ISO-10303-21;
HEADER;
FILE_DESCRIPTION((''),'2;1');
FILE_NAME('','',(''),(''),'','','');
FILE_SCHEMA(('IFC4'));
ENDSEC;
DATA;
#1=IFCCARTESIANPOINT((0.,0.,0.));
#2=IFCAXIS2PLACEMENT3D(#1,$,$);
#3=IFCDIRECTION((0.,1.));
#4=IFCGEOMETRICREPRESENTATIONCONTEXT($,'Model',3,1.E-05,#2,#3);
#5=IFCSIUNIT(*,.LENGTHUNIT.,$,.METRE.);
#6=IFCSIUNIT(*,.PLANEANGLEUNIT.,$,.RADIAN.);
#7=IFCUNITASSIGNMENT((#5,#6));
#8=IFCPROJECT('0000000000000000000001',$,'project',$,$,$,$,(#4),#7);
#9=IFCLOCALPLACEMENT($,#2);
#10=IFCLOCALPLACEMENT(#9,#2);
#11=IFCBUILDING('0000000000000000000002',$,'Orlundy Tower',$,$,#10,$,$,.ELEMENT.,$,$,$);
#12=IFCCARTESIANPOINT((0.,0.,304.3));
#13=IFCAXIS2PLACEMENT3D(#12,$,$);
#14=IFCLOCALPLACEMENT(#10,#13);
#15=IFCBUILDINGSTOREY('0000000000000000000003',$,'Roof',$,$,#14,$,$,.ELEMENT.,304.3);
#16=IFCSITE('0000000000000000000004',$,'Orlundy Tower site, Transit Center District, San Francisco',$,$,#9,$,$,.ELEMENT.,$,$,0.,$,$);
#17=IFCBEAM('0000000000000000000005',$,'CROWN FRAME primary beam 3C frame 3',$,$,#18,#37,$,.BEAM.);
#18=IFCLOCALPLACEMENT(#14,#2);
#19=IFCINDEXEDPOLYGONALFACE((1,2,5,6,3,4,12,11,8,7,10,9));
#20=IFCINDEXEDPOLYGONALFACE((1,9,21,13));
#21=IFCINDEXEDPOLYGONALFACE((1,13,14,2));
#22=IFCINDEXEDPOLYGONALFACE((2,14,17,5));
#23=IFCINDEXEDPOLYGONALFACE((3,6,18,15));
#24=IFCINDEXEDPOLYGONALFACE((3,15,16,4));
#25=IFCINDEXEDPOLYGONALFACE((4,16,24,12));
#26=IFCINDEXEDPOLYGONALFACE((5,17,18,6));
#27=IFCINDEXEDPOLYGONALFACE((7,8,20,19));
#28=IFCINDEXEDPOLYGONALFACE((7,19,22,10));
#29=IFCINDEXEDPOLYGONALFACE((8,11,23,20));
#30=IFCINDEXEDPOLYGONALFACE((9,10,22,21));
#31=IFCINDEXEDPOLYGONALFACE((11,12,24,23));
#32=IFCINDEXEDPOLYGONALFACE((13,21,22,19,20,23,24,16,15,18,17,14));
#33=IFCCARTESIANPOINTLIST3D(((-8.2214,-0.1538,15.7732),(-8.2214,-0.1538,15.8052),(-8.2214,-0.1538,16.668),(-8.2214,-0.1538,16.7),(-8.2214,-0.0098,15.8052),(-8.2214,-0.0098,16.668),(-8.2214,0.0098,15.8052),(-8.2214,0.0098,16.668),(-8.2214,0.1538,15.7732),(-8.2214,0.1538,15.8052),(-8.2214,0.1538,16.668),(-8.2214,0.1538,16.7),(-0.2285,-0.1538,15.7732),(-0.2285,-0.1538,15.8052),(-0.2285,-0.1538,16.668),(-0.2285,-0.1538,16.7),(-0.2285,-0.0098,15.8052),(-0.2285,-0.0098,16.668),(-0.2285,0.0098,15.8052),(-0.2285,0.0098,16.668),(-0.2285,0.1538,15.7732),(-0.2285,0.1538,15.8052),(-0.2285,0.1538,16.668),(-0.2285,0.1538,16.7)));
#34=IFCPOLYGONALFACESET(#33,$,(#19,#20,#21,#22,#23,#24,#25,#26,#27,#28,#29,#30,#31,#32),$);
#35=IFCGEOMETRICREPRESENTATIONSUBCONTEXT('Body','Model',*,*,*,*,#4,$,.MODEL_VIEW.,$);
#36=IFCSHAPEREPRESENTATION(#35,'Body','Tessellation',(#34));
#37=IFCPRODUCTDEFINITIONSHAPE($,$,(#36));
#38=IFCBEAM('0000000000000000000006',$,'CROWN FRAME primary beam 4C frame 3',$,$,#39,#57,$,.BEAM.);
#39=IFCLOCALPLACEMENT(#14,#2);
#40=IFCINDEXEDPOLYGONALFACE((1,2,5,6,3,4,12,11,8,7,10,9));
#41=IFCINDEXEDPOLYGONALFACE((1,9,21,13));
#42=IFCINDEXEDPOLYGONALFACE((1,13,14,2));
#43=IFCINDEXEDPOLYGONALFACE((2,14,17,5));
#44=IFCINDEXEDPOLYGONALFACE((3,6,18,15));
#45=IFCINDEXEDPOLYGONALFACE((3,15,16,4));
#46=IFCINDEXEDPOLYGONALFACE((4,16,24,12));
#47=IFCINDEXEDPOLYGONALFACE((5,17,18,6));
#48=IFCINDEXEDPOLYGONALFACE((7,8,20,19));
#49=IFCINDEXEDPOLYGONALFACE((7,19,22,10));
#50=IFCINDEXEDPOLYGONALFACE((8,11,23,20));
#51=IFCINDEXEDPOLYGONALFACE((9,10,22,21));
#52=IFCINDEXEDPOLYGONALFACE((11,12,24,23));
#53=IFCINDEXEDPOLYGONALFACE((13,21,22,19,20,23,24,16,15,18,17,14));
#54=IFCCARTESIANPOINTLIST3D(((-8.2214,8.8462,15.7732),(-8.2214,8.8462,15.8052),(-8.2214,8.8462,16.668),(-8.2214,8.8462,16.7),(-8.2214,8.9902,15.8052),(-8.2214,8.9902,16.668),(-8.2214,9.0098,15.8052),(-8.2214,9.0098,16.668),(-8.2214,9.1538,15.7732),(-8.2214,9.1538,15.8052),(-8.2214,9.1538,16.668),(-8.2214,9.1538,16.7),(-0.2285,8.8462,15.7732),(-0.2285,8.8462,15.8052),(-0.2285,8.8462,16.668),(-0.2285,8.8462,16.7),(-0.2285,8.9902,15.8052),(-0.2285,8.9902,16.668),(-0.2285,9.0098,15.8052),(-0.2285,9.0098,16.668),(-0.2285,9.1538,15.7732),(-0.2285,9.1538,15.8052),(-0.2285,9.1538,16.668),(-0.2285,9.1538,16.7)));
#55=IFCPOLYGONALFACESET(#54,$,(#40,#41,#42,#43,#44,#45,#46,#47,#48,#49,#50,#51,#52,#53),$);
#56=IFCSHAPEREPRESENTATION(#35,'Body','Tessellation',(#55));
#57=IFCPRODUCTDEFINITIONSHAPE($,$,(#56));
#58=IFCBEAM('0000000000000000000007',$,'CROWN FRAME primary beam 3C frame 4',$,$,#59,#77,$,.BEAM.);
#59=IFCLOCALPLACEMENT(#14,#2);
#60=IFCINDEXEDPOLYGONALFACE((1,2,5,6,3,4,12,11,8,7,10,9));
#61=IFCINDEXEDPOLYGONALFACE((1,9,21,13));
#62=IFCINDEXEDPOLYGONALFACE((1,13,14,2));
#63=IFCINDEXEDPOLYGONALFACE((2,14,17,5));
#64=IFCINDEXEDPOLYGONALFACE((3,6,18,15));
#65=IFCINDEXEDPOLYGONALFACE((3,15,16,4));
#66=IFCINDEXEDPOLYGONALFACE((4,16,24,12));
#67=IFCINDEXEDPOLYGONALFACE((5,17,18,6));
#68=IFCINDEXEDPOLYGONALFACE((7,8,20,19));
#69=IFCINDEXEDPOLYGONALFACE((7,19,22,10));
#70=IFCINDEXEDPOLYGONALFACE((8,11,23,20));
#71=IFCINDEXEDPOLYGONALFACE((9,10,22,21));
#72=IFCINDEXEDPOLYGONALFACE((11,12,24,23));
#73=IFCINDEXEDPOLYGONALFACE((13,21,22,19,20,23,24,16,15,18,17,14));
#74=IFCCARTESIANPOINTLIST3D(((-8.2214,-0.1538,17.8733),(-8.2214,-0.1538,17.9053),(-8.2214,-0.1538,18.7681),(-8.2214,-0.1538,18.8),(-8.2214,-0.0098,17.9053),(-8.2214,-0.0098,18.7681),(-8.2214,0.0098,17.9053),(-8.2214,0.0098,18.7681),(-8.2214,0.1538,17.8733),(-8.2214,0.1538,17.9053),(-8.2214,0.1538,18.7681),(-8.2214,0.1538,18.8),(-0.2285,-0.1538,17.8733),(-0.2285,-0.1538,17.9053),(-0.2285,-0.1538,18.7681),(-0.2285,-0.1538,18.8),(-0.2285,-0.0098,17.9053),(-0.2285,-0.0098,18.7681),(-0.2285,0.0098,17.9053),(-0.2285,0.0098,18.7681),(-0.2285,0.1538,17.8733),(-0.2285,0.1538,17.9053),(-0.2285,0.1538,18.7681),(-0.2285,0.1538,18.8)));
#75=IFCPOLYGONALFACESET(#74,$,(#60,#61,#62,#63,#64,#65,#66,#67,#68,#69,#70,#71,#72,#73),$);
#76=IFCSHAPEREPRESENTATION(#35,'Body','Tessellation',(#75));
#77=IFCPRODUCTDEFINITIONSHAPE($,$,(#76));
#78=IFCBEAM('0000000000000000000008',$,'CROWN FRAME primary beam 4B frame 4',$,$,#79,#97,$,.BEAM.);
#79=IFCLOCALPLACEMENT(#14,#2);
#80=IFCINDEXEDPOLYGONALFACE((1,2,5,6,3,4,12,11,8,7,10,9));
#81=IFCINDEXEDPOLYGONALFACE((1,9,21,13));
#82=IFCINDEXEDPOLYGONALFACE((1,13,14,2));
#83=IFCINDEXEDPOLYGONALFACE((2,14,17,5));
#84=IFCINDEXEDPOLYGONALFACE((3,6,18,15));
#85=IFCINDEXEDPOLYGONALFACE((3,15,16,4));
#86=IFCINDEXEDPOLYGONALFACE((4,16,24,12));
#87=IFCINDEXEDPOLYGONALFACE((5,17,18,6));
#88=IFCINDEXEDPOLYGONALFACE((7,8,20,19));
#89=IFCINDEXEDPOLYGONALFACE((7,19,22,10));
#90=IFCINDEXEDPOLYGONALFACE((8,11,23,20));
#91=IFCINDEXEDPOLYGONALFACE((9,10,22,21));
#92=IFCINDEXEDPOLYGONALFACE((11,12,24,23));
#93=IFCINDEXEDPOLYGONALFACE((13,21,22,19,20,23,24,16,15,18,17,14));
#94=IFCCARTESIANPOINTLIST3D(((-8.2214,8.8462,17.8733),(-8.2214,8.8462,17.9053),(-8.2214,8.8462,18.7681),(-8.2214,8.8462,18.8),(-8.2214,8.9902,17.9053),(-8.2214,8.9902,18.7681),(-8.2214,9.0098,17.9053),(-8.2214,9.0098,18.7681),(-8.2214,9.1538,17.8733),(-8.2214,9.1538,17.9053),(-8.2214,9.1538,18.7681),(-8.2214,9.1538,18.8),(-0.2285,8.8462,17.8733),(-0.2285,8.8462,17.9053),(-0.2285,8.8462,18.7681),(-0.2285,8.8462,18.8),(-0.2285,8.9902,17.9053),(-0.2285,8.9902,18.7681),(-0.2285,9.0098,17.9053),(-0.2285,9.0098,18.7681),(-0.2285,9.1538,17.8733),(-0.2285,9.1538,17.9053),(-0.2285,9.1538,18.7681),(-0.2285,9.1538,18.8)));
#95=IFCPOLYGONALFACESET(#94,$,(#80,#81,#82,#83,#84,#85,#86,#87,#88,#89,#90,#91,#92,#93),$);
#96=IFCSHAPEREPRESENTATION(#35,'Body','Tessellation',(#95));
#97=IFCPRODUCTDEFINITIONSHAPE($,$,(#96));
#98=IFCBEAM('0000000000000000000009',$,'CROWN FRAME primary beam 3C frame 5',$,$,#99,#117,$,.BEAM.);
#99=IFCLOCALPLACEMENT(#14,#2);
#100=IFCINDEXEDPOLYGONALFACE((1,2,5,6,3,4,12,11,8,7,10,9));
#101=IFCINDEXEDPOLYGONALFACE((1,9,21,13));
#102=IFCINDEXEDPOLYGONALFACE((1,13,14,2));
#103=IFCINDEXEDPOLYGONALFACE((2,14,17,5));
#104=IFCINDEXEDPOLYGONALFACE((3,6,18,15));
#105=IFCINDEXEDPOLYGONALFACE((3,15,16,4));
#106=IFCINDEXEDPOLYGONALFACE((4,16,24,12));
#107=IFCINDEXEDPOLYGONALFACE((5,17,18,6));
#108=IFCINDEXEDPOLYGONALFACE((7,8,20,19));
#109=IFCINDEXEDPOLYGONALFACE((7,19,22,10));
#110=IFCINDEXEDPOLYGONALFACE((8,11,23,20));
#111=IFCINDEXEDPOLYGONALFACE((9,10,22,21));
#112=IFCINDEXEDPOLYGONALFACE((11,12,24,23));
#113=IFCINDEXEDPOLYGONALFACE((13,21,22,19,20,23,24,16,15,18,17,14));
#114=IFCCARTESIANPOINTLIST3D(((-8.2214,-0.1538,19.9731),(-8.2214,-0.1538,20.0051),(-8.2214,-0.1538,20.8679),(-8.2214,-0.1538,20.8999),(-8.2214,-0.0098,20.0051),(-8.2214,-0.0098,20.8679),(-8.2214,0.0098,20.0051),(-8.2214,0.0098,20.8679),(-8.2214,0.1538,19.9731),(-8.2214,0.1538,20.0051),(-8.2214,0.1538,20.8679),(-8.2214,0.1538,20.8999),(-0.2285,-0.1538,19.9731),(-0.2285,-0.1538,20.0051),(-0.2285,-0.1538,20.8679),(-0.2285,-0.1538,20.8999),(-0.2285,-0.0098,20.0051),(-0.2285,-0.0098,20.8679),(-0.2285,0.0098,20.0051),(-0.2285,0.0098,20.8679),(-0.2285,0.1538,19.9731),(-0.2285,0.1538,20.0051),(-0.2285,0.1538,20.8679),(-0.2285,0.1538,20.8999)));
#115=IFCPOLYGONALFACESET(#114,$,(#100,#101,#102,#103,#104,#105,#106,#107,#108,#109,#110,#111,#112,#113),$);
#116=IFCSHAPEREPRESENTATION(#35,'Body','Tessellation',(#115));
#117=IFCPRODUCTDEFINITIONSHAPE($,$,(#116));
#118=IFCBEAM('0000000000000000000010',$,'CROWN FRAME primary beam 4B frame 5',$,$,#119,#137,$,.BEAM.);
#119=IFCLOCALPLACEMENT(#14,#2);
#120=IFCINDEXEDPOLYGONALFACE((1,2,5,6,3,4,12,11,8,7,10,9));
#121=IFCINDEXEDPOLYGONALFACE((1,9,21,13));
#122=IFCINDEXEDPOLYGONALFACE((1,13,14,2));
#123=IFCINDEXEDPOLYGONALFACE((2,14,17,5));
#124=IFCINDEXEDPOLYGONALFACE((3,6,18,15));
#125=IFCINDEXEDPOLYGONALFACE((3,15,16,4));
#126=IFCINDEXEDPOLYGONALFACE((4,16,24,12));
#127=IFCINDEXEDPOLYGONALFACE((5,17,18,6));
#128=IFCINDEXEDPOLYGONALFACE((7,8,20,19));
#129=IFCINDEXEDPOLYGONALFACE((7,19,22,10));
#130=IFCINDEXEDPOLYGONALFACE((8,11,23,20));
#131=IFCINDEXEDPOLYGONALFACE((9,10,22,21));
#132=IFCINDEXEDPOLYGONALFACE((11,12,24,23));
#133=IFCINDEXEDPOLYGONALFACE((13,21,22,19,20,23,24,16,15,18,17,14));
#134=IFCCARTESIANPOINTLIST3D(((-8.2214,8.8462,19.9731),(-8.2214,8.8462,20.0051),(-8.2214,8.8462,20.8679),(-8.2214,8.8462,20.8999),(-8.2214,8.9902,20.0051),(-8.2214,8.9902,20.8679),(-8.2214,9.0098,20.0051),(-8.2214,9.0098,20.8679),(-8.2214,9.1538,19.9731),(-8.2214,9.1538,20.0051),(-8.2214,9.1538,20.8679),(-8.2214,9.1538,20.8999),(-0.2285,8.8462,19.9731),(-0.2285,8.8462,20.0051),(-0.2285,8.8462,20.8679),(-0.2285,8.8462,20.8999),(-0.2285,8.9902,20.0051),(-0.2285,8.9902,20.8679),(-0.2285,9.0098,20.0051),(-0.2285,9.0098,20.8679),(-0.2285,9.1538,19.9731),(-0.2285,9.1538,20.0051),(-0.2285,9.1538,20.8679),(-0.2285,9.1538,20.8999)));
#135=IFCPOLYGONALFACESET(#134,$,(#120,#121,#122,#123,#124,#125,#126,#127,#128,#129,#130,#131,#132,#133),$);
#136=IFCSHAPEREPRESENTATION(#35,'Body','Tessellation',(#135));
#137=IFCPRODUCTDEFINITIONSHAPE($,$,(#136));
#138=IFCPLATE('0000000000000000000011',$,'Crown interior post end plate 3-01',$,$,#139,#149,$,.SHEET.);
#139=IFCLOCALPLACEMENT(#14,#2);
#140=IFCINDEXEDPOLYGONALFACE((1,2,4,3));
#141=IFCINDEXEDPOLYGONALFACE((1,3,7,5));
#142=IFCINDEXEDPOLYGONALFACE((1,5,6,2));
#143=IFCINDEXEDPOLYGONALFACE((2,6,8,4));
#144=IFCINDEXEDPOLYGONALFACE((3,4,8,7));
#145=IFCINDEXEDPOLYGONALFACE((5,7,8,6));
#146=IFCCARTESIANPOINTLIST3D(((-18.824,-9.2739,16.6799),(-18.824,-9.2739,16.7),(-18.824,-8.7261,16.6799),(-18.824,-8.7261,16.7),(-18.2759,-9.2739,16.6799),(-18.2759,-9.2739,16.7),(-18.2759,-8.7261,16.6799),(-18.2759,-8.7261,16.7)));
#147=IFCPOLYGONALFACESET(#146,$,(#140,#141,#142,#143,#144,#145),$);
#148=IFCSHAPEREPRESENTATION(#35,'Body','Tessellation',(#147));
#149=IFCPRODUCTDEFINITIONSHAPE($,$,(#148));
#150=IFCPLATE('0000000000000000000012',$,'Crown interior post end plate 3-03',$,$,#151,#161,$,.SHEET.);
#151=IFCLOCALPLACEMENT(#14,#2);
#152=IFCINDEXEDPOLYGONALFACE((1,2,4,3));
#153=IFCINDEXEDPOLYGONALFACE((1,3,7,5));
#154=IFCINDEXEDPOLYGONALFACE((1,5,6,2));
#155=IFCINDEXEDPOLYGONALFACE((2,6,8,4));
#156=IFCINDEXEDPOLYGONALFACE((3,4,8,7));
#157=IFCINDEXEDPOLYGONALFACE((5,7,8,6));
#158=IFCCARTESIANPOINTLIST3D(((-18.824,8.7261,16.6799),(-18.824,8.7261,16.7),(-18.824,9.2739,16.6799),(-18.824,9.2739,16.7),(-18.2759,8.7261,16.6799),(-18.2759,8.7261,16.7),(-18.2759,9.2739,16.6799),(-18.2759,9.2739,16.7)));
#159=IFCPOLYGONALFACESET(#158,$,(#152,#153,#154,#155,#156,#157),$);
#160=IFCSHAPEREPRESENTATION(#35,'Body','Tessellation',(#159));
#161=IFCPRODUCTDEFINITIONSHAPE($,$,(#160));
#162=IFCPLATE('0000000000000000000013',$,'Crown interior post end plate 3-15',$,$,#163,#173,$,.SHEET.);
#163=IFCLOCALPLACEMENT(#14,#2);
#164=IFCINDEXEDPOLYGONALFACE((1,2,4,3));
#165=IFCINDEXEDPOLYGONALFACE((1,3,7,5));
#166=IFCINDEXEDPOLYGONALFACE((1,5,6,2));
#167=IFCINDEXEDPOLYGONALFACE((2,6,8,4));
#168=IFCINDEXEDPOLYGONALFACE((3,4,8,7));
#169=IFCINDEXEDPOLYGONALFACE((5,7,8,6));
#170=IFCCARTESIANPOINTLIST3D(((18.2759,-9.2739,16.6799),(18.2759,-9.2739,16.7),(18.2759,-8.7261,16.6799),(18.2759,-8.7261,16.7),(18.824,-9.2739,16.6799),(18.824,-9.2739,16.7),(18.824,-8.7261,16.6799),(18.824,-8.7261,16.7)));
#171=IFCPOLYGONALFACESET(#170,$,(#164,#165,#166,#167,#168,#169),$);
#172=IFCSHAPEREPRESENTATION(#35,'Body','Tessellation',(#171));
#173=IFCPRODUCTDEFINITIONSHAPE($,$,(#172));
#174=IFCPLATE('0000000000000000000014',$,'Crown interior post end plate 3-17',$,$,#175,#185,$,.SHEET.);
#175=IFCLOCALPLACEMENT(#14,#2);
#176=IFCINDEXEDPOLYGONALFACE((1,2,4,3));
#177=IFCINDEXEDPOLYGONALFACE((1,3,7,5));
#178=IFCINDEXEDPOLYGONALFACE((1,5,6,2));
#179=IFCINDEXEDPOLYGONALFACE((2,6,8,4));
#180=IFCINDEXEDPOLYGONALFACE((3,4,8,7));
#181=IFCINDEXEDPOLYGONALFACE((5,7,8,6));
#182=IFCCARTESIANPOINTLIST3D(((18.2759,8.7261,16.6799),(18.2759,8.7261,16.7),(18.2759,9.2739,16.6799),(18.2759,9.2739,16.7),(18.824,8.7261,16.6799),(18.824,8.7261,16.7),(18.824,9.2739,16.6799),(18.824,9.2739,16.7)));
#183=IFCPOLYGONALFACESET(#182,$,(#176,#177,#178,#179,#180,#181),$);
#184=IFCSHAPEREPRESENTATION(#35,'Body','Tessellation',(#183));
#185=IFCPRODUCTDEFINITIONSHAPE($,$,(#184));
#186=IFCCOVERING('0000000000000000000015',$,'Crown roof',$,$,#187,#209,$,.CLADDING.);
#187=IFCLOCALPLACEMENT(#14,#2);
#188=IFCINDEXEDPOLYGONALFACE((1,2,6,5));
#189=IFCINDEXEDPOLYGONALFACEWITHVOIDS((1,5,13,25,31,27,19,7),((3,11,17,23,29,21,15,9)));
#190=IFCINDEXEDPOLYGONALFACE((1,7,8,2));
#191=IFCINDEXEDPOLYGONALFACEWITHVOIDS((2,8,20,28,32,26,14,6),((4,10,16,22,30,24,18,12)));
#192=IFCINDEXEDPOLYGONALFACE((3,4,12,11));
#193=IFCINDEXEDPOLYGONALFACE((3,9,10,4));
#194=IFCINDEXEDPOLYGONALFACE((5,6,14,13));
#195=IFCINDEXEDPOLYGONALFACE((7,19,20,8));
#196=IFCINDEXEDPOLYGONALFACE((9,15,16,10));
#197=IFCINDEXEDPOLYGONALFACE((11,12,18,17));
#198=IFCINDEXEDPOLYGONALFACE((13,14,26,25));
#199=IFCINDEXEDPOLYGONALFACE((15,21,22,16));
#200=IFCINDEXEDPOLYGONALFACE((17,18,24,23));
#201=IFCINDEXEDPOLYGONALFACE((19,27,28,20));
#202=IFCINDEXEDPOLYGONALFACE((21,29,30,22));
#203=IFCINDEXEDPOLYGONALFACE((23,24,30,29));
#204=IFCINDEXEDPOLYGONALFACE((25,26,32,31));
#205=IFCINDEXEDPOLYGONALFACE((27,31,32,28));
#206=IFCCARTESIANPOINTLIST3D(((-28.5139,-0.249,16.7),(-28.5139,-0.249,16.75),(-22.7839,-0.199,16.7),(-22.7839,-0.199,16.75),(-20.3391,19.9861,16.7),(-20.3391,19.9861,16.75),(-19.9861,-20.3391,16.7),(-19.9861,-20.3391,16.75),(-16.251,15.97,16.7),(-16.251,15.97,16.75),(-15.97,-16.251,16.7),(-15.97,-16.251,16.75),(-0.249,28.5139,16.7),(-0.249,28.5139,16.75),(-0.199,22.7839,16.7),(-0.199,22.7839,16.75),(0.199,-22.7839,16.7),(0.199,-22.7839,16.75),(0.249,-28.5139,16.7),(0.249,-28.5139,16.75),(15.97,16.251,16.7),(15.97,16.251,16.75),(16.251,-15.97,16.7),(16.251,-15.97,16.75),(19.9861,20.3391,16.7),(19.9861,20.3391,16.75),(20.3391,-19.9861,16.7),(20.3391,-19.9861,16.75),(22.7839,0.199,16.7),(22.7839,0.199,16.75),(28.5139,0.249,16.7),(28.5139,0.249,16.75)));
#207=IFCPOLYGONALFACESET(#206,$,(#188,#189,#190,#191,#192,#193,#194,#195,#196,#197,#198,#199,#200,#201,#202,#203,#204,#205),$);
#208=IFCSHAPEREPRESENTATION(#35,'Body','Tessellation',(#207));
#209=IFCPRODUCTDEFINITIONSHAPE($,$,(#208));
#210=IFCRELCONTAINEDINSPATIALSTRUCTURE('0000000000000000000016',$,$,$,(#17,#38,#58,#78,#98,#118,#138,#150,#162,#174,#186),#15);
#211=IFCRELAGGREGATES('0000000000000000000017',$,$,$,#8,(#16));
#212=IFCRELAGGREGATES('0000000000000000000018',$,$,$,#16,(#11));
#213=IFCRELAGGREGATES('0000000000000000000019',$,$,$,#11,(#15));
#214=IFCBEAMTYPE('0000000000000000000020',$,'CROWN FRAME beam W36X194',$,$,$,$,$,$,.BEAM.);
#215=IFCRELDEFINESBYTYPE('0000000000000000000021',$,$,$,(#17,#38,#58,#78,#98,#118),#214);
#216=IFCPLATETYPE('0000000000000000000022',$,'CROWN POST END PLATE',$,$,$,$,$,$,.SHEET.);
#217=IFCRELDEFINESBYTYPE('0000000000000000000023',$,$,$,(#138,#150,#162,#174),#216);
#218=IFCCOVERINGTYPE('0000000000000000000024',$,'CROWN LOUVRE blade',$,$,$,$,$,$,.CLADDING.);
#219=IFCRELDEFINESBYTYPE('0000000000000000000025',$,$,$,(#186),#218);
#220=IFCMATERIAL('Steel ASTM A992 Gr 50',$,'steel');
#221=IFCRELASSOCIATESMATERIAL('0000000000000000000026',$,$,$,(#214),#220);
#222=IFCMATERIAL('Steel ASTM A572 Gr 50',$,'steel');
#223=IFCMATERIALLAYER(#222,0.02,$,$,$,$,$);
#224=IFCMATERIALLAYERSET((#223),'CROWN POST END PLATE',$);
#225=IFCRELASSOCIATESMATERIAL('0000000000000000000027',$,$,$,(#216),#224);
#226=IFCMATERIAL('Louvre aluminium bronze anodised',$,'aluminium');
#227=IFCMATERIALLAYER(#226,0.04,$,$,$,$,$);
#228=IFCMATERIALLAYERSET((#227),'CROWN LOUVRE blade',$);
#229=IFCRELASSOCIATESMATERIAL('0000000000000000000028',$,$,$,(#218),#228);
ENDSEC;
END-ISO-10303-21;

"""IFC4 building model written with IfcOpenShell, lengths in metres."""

from ifc_helpers import new_model, si_unit, direction, frame, origin, origin_2d, place, context, subcontext, project, spatial, polyline, i_section, outline, extrude, material, layer, layer_set, material_profile, profile_set, type_object, element, save


model = new_model("IFC4")

# Units and contexts
model_context = context("Model", 3, precision=1e-05, world=origin(), true_north=direction((0.0, 1.0)))
body_context = subcontext(model_context, "Body", "Model", "MODEL_VIEW")
ifc_project = project(units=[si_unit("LENGTHUNIT", "METRE"), si_unit("PLANEANGLEUNIT", "RADIAN")], contexts=[model_context])

# Site, building, storey
site_placement = place(None, origin())
site = spatial("IfcSite", under=ifc_project, at=site_placement, Name="Orlundy Tower site, Transit Center District, San Francisco", CompositionType="ELEMENT", RefElevation=0.0)
building_placement = place(site_placement, origin())
building = spatial("IfcBuilding", under=site, at=building_placement, Name="Orlundy Tower", CompositionType="ELEMENT")
storey_placement = place(building_placement, frame((0.0, 0.0, 304.3)))
storey = spatial("IfcBuildingStorey", under=building, at=storey_placement, Name="Roof", CompositionType="ELEMENT", Elevation=304.3)

# Beams
ifc_material_1 = material(Name="Steel ASTM A992 Gr 50", Category="steel")
ifc_material_profile_1 = material_profile(ifc_material_1, i_section(OverallWidth=0.3076, OverallDepth=0.9268, WebThickness=0.0195, FlangeThickness=0.032, at=origin_2d()), Name="W36X194")
ifc_profile_set_1 = profile_set([ifc_material_profile_1], Name="Steel ASTM A992 Gr 50")
beam_type_1 = type_object("IfcBeamType", Name="CROWN FRAME beam W36X194", PredefinedType="BEAM", material=ifc_profile_set_1)
for number, where, z_axis, x_axis, name in (
    (1, (-8.2214, 0.0, 16.2366), (1.0, 0.0, 0.0), (0.0, 1.0, 0.0), "CROWN FRAME primary beam 3C frame 3"),
    (2, (-8.2214, 9.0, 16.2366), (1.0, 0.0, 0.0), (0.0, 1.0, 0.0), "CROWN FRAME primary beam 4C frame 3"),
    (3, (-8.2214, 0.0, 18.3367), (1.0, 0.0, 0.0), (0.0, 1.0, 0.0), "CROWN FRAME primary beam 3C frame 4"),
    (4, (-8.2214, 9.0, 18.3367), (1.0, 0.0, 0.0), (0.0, 1.0, 0.0), "CROWN FRAME primary beam 4B frame 4"),
    (5, (-8.2214, 0.0, 20.4365), (1.0, 0.0, 0.0), (0.0, 1.0, 0.0), "CROWN FRAME primary beam 3C frame 5"),
    (6, (-8.2214, 9.0, 20.4365), (1.0, 0.0, 0.0), (0.0, 1.0, 0.0), "CROWN FRAME primary beam 4B frame 5"),
):
    element("IfcBeam", number, at=place(storey_placement, frame(where, z_axis=z_axis, x_axis=x_axis)), inside=storey, type_object=beam_type_1, Name=name, PredefinedType="BEAM", context=body_context, shape_type="SweptSolid", body=[
        extrude(i_section(OverallWidth=0.3076, OverallDepth=0.9268, WebThickness=0.0195, FlangeThickness=0.032, at=origin_2d()), origin(), (0.0, 0.0, 1.0), 7.9929),
    ])

# Plates
ifc_material_2 = material(Name="Steel ASTM A572 Gr 50", Category="steel")
ifc_layer_1 = layer(ifc_material_2, 0.02)
ifc_layer_set_1 = layer_set([ifc_layer_1], Name="CROWN POST END PLATE")
plate_type = type_object("IfcPlateType", Name="CROWN POST END PLATE", PredefinedType="SHEET", material=ifc_layer_set_1)
plate_1_placement = place(storey_placement, frame((0.0, 0.0, 16.6799)))
element("IfcPlate", 7, at=plate_1_placement, inside=storey, type_object=plate_type, Name="Crown interior post end plate 3-01", PredefinedType="SHEET", context=body_context, shape_type="SweptSolid", body=[
    extrude(outline(polyline([(-18.824, -9.2739), (-18.2759, -9.2739), (-18.2759, -8.7261), (-18.824, -8.7261), (-18.824, -9.2739)])), origin(), (0.0, 0.0, 1.0), 0.02),
])
plate_2_placement = place(storey_placement, frame((0.0, 0.0, 16.6799)))
element("IfcPlate", 8, at=plate_2_placement, inside=storey, type_object=plate_type, Name="Crown interior post end plate 3-03", PredefinedType="SHEET", context=body_context, shape_type="SweptSolid", body=[
    extrude(outline(polyline([(-18.824, 8.7261), (-18.2759, 8.7261), (-18.2759, 9.2739), (-18.824, 9.2739), (-18.824, 8.7261)])), origin(), (0.0, 0.0, 1.0), 0.02),
])
plate_3_placement = place(storey_placement, frame((0.0, 0.0, 16.6799)))
element("IfcPlate", 9, at=plate_3_placement, inside=storey, type_object=plate_type, Name="Crown interior post end plate 3-15", PredefinedType="SHEET", context=body_context, shape_type="SweptSolid", body=[
    extrude(outline(polyline([(18.2759, -9.2739), (18.824, -9.2739), (18.824, -8.7261), (18.2759, -8.7261), (18.2759, -9.2739)])), origin(), (0.0, 0.0, 1.0), 0.02),
])
plate_4_placement = place(storey_placement, frame((0.0, 0.0, 16.6799)))
element("IfcPlate", 10, at=plate_4_placement, inside=storey, type_object=plate_type, Name="Crown interior post end plate 3-17", PredefinedType="SHEET", context=body_context, shape_type="SweptSolid", body=[
    extrude(outline(polyline([(18.2759, 8.7261), (18.824, 8.7261), (18.824, 9.2739), (18.2759, 9.2739), (18.2759, 8.7261)])), origin(), (0.0, 0.0, 1.0), 0.02),
])

# Covering
ifc_material_3 = material(Name="Louvre aluminium bronze anodised", Category="aluminium")
ifc_layer_2 = layer(ifc_material_3, 0.04)
ifc_layer_set_2 = layer_set([ifc_layer_2], Name="CROWN LOUVRE blade")
covering_type = type_object("IfcCoveringType", Name="CROWN LOUVRE blade", PredefinedType="CLADDING", material=ifc_layer_set_2)
covering_placement = place(storey_placement, frame((0.0, 0.0, 16.7)))
element("IfcCovering", 11, at=covering_placement, inside=storey, type_object=covering_type, Name="Crown roof", PredefinedType="CLADDING", context=body_context, shape_type="SweptSolid", body=[
    extrude(outline(polyline([(28.5139, 0.249), (20.3391, -19.9861), (0.249, -28.5139), (-19.9861, -20.3391), (-28.5139, -0.249), (-20.3391, 19.9861), (-0.249, 28.5139), (19.9861, 20.3391), (28.5139, 0.249)]), holes=[polyline([(-0.199, 22.7839), (-16.251, 15.97), (-22.7839, -0.199), (-15.97, -16.251), (0.199, -22.7839), (16.251, -15.97), (22.7839, 0.199), (15.97, 16.251), (-0.199, 22.7839)])]), origin(), (0.0, 0.0, 1.0), 0.05),
])

save(model, "model.ifc")
